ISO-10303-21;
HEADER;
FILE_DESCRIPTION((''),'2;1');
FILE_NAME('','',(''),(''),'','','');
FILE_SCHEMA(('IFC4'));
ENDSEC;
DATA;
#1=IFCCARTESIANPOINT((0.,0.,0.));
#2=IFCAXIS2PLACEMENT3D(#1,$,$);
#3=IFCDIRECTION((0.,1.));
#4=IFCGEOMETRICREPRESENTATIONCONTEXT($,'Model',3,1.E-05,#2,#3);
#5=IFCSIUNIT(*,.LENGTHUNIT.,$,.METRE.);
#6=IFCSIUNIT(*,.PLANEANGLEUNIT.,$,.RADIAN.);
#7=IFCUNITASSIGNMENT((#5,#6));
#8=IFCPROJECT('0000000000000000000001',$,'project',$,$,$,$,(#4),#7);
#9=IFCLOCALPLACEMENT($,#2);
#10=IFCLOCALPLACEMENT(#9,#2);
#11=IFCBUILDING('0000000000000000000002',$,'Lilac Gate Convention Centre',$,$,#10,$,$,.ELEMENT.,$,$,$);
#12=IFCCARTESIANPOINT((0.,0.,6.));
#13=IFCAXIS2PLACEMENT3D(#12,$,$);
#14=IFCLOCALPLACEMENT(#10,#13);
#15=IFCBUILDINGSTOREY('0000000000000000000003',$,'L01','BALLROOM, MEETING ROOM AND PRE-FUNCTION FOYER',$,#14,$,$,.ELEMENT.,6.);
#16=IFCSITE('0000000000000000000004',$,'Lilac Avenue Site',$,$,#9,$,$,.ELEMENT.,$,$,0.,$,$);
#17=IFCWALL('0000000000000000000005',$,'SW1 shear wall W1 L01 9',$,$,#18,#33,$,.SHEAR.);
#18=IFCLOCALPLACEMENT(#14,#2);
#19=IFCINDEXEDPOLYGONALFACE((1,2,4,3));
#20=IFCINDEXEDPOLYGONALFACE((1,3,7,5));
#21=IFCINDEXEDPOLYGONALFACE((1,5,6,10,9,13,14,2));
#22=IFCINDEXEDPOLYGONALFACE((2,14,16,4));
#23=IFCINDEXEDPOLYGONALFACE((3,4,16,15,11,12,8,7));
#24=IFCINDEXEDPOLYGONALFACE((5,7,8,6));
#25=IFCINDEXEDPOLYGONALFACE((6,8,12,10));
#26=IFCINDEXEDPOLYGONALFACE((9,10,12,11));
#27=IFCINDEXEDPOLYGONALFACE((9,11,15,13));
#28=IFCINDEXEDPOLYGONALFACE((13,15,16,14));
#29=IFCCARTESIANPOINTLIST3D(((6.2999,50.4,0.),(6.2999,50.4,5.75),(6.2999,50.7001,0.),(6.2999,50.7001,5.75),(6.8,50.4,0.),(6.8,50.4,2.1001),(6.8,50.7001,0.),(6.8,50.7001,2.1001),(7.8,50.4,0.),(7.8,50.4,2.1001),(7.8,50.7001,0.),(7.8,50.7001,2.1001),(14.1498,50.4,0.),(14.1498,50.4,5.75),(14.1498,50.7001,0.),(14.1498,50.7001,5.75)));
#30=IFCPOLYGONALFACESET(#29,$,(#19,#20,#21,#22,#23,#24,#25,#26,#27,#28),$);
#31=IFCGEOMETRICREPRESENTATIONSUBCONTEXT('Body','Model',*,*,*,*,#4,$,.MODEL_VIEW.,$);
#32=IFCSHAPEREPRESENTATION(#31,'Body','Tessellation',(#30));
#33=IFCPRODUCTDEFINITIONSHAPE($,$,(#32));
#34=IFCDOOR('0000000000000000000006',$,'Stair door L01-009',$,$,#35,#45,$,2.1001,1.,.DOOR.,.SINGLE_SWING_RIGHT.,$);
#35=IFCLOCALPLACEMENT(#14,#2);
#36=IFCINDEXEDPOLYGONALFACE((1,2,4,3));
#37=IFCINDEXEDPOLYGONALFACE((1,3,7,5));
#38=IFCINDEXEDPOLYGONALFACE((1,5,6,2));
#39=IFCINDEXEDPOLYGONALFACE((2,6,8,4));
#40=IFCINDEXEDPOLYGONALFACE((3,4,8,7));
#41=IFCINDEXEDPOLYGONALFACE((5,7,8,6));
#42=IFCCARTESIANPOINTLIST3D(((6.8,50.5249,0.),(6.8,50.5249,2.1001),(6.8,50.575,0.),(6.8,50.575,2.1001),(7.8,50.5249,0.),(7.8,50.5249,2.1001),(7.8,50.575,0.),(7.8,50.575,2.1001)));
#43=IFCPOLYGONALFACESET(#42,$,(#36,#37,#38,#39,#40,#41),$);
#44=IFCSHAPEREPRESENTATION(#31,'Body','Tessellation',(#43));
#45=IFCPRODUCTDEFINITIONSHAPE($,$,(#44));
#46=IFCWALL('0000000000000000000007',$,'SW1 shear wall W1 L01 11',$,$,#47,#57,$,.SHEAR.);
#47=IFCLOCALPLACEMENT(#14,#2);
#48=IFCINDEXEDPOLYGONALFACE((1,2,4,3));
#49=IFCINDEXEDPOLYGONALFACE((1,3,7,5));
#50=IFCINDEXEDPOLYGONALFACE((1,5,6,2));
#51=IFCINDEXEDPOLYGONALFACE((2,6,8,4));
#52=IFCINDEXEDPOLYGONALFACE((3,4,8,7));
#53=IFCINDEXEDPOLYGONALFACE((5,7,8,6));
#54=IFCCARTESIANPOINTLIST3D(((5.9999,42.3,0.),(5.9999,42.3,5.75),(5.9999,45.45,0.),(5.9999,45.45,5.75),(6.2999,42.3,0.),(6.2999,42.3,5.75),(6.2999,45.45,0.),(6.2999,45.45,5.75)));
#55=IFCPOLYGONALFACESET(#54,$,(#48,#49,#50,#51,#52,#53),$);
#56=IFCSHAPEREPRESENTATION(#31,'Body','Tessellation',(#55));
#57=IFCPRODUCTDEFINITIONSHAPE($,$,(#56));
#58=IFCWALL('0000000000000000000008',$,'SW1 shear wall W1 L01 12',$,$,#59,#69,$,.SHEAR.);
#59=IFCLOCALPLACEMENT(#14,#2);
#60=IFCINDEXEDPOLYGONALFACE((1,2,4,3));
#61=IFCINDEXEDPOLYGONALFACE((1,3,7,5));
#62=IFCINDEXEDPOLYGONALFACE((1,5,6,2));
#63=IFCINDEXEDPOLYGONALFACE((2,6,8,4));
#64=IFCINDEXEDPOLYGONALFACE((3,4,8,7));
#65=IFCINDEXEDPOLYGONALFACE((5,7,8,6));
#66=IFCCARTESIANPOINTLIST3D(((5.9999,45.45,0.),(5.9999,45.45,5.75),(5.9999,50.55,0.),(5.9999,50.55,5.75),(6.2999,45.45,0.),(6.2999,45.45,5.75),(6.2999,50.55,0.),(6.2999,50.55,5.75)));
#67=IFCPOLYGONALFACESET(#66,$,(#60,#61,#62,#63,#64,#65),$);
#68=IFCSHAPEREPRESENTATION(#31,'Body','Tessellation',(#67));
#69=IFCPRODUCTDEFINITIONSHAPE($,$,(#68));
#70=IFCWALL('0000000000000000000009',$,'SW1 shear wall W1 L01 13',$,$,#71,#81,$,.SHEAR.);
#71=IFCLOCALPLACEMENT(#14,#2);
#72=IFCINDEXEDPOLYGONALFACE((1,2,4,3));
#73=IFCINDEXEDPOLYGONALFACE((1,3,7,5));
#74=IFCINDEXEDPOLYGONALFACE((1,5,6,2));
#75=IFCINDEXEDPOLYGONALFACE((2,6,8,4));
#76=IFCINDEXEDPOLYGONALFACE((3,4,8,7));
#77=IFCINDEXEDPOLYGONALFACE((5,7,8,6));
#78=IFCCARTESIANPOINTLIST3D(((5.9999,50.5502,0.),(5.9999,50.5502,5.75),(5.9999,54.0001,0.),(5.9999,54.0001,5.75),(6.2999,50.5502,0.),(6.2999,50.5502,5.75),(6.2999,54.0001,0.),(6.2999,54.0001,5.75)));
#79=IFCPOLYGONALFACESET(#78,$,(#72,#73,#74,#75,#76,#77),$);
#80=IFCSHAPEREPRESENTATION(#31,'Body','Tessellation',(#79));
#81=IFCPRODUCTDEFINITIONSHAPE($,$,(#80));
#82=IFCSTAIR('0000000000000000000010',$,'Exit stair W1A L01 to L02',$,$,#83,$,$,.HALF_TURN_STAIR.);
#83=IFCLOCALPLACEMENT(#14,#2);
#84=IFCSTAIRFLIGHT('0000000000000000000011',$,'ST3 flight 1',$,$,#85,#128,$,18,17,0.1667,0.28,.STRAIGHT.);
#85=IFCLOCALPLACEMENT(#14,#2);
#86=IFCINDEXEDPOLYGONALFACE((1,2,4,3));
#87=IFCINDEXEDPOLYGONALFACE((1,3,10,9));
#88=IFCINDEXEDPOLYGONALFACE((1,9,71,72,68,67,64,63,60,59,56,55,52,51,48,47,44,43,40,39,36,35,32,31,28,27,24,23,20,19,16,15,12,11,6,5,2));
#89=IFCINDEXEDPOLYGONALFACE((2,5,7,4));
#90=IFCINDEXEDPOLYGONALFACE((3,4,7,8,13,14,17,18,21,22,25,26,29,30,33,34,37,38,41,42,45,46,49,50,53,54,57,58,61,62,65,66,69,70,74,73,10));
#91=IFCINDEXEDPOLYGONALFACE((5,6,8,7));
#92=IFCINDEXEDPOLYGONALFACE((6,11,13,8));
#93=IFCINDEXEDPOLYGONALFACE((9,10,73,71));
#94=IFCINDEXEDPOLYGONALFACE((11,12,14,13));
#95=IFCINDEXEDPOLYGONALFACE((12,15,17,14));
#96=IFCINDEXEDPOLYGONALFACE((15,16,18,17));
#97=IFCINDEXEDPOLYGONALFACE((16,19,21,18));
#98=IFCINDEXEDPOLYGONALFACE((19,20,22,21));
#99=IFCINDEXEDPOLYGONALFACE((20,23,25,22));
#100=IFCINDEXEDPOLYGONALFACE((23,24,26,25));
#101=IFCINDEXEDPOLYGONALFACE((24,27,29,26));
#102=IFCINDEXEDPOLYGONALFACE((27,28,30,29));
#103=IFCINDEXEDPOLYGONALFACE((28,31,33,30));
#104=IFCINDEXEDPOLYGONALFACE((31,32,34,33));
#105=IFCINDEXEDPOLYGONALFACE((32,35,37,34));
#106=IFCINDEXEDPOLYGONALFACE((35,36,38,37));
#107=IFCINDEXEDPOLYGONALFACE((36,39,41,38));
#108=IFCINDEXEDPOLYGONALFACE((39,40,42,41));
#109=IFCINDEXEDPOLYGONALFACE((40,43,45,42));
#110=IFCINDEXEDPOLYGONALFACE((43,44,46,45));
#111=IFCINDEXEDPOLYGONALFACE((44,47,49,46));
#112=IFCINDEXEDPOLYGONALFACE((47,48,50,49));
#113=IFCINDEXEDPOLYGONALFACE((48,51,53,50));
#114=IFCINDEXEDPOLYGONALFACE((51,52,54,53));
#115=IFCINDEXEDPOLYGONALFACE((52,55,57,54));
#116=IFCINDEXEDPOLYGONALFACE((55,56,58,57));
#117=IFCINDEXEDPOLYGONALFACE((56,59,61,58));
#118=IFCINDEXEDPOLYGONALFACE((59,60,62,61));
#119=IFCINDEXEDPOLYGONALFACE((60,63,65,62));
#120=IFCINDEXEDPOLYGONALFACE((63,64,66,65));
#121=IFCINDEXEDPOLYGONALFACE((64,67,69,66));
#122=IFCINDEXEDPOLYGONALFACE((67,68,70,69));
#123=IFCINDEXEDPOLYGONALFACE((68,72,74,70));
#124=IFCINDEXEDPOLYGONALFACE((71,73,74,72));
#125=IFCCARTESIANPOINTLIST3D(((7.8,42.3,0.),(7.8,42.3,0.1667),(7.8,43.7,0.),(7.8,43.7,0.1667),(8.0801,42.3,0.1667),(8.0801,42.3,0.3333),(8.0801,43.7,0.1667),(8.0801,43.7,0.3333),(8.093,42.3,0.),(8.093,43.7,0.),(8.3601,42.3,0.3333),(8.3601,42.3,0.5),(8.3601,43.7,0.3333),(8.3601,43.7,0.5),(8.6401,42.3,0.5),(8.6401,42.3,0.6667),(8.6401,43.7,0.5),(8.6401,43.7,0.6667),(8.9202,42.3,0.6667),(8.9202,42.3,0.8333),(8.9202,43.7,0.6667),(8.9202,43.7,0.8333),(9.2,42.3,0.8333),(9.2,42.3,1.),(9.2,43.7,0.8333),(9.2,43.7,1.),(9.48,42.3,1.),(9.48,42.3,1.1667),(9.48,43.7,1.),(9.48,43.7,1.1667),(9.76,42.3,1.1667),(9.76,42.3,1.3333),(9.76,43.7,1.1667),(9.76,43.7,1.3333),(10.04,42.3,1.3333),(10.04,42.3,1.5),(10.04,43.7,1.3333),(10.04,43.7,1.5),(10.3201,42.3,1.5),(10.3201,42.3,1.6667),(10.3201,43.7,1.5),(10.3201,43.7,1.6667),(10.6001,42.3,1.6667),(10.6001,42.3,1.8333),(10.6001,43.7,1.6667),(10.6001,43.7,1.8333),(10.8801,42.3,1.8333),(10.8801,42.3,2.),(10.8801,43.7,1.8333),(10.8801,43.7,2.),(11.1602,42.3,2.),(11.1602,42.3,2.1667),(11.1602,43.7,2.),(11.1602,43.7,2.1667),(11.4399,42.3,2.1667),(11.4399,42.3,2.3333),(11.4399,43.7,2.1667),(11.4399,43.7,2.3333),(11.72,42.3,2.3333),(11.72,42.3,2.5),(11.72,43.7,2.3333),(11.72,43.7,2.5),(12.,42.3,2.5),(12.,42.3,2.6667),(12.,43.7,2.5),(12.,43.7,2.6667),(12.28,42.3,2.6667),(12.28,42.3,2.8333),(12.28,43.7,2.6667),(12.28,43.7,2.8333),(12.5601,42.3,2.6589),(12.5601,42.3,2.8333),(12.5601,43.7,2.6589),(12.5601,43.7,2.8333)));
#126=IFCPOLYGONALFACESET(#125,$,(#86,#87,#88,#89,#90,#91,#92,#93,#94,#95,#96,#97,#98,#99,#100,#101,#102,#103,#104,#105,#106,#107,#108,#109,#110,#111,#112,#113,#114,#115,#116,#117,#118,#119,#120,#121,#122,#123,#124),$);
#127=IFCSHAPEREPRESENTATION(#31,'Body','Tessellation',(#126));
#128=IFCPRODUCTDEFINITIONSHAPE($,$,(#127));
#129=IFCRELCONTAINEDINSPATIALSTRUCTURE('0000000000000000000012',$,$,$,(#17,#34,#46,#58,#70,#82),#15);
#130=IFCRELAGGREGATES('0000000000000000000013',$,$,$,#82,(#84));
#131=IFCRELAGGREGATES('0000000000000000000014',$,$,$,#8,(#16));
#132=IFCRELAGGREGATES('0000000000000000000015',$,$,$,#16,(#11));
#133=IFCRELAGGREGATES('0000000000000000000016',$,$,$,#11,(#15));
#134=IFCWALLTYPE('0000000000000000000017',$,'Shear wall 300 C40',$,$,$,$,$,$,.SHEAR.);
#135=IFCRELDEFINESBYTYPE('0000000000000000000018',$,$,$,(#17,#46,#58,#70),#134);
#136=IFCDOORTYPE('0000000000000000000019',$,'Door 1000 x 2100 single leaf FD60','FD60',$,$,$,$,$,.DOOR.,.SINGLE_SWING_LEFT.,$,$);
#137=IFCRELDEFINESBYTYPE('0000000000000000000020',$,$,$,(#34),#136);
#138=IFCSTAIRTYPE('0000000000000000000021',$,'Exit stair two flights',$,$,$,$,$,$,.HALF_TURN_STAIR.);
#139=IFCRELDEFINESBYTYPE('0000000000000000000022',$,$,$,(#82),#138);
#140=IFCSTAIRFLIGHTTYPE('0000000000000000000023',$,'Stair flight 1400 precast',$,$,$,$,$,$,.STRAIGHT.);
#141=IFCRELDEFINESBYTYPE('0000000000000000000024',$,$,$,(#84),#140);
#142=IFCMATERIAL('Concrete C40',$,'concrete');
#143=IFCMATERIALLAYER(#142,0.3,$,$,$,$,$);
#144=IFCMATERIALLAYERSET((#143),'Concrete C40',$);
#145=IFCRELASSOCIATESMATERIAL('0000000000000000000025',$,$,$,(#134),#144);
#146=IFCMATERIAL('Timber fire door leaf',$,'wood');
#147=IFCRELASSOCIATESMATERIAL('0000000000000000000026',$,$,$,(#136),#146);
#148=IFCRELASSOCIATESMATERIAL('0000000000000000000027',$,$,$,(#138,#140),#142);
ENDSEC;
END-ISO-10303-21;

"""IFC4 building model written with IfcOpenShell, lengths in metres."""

from ifc_helpers import new_model, si_unit, direction, frame, frame_2d, origin, place, context, subcontext, project, spatial, polyline, rectangle, outline, extrude, material, layer, layer_set, type_object, element, fill, aggregate, save


model = new_model("IFC4")

# Units and contexts
model_context = context("Model", 3, precision=1e-05, world=origin(), true_north=direction((0.0, 1.0)))
body_context = subcontext(model_context, "Body", "Model", "MODEL_VIEW")
ifc_project = project(units=[si_unit("LENGTHUNIT", "METRE"), si_unit("PLANEANGLEUNIT", "RADIAN")], contexts=[model_context])

# Site, building, storey
site_placement = place(None, origin())
site = spatial("IfcSite", under=ifc_project, at=site_placement, Name="Lilac Avenue Site", CompositionType="ELEMENT", RefElevation=0.0)
building_placement = place(site_placement, origin())
building = spatial("IfcBuilding", under=site, at=building_placement, Name="Lilac Gate Convention Centre", CompositionType="ELEMENT")
storey_placement = place(building_placement, frame((0.0, 0.0, 6.0)))
storey = spatial("IfcBuildingStorey", under=building, at=storey_placement, Name="L01", Description="BALLROOM, MEETING ROOM AND PRE-FUNCTION FOYER", CompositionType="ELEMENT", Elevation=6.0)

# Shared definitions
ifc_material_1 = material(Name="Concrete C40", Category="concrete")
ifc_layer_1 = layer(ifc_material_1, 0.3)
ifc_layer_set_1 = layer_set([ifc_layer_1], Name="Concrete C40")
wall_type_1 = type_object("IfcWallType", Name="Shear wall 300 C40", PredefinedType="SHEAR", material=ifc_layer_set_1)

# Wall, opening, door
ifc_material_2 = material(Name="Timber fire door leaf", Category="wood")
door_type = type_object("IfcDoorType", Name="Door 1000 x 2100 single leaf FD60", Description="FD60", OperationType="SINGLE_SWING_LEFT", PredefinedType="DOOR", material=ifc_material_2)
wall_1_placement = place(storey_placement, frame((6.3, 50.55, 0.0), z_axis=(0.0, 0.0, 1.0), x_axis=(1.0, 0.0, 0.0)))
wall_1 = element("IfcWall", 1, at=wall_1_placement, inside=storey, type_object=wall_type_1, Name="SW1 shear wall W1 L01 9", PredefinedType="SHEAR", context=body_context, shape_type="SweptSolid", body=[
    extrude(rectangle(XDim=7.8499, YDim=0.3, at=frame_2d((3.9248, 0.0))), origin(), (0.0, 0.0, 1.0), 5.75),
])
opening_1_placement = place(wall_1_placement, frame((0.5, 0.0, 0.0)))
opening_1 = element("IfcOpeningElement", 2, at=opening_1_placement, cuts=wall_1, PredefinedType="OPENING", context=body_context, shape_type="SweptSolid", body=[
    extrude(rectangle(XDim=1.0, YDim=2.1001, at=frame_2d((0.5, 1.05))), frame((0.0, 0.1599, 0.0), z_axis=(0.0, -1.0, 0.0), x_axis=(1.0, 0.0, 0.0)), (0.0, 0.0, 1.0), 0.3201),
])
door_1_placement = place(opening_1_placement, origin())
door_1 = element("IfcDoor", 3, at=door_1_placement, inside=storey, type_object=door_type, Name="Stair door L01-009", OperationType="SINGLE_SWING_RIGHT", OverallHeight=2.1001, OverallWidth=1.0, PredefinedType="DOOR", context=body_context, shape_type="SweptSolid", body=[
    extrude(rectangle(XDim=1.0, YDim=2.1001, at=frame_2d((0.5, 1.05))), frame((0.0, 0.0249, 0.0), z_axis=(0.0, -1.0, 0.0), x_axis=(1.0, 0.0, 0.0)), (0.0, 0.0, 1.0), 0.05),
])
fill(opening_1, door_1)

# Walls
wall_2_placement = place(storey_placement, frame((6.1499, 42.3, 0.0), z_axis=(0.0, 0.0, 1.0), x_axis=(0.0, 1.0, 0.0)))
element("IfcWall", 4, at=wall_2_placement, inside=storey, type_object=wall_type_1, Name="SW1 shear wall W1 L01 11", PredefinedType="SHEAR", context=body_context, shape_type="SweptSolid", body=[
    extrude(rectangle(XDim=3.1499, YDim=0.3, at=frame_2d((1.575, 0.0))), origin(), (0.0, 0.0, 1.0), 5.75),
])
wall_3_placement = place(storey_placement, frame((6.1499, 45.45, 0.0), z_axis=(0.0, 0.0, 1.0), x_axis=(0.0, 1.0, 0.0)))
element("IfcWall", 5, at=wall_3_placement, inside=storey, type_object=wall_type_1, Name="SW1 shear wall W1 L01 12", PredefinedType="SHEAR", context=body_context, shape_type="SweptSolid", body=[
    extrude(rectangle(XDim=5.1001, YDim=0.3, at=frame_2d((2.55, 0.0))), origin(), (0.0, 0.0, 1.0), 5.75),
])
wall_4_placement = place(storey_placement, frame((6.1499, 50.55, 0.0), z_axis=(0.0, 0.0, 1.0), x_axis=(0.0, 1.0, 0.0)))
element("IfcWall", 6, at=wall_4_placement, inside=storey, type_object=wall_type_1, Name="SW1 shear wall W1 L01 13", PredefinedType="SHEAR", context=body_context, shape_type="SweptSolid", body=[
    extrude(rectangle(XDim=3.45, YDim=0.3, at=frame_2d((1.7251, 0.0))), origin(), (0.0, 0.0, 1.0), 5.75),
])

# Stair, stair flight
stair_type = type_object("IfcStairType", Name="Exit stair two flights", PredefinedType="HALF_TURN_STAIR", material=ifc_material_1)
stair_placement = place(storey_placement, origin())
stair = element("IfcStair", 7, at=stair_placement, inside=storey, type_object=stair_type, Name="Exit stair W1A L01 to L02", PredefinedType="HALF_TURN_STAIR")
stair_flight_type = type_object("IfcStairFlightType", Name="Stair flight 1400 precast", PredefinedType="STRAIGHT", material=ifc_material_1)
stair_flight_placement = place(storey_placement, frame((7.8, 43.0, 0.0), z_axis=(0.0, 0.0, 1.0), x_axis=(1.0, 0.0, 0.0)))
stair_flight = element("IfcStairFlight", 8, at=stair_flight_placement, type_object=stair_flight_type, Name="ST3 flight 1", NumberOfRisers=18, NumberOfTreads=17, PredefinedType="STRAIGHT", RiserHeight=0.1667, TreadLength=0.28, context=body_context, shape_type="SweptSolid", body=[
    extrude(outline(polyline([(0.0, 0.0), (0.0, 0.1667), (0.28, 0.1667), (0.28, 0.3333), (0.5601, 0.3333), (0.5601, 0.5), (0.8401, 0.5), (0.8401, 0.6667), (1.1201, 0.6667), (1.1201, 0.8333), (1.3999, 0.8333), (1.3999, 1.0), (1.6799, 1.0), (1.6799, 1.1667), (1.96, 1.1667), (1.96, 1.3333), (2.24, 1.3333), (2.24, 1.5), (2.52, 1.5), (2.52, 1.6667), (2.8, 1.6667), (2.8, 1.8333), (3.0801, 1.8333), (3.0801, 2.0), (3.3601, 2.0), (3.3601, 2.1667), (3.6399, 2.1667), (3.6399, 2.3333), (3.9199, 2.3333), (3.9199, 2.5), (4.2, 2.5), (4.2, 2.6667), (4.48, 2.6667), (4.48, 2.8333), (4.76, 2.8333), (4.76, 3.0), (4.76, 2.6589), (0.293, 0.0), (0.0, 0.0)])), frame((0.0, 0.7, 0.0), z_axis=(0.0, -1.0, 0.0), x_axis=(1.0, 0.0, 0.0)), (0.0, 0.0, 1.0), 1.3999),
])
aggregate(stair, [stair_flight])

save(model, "model.ifc")
